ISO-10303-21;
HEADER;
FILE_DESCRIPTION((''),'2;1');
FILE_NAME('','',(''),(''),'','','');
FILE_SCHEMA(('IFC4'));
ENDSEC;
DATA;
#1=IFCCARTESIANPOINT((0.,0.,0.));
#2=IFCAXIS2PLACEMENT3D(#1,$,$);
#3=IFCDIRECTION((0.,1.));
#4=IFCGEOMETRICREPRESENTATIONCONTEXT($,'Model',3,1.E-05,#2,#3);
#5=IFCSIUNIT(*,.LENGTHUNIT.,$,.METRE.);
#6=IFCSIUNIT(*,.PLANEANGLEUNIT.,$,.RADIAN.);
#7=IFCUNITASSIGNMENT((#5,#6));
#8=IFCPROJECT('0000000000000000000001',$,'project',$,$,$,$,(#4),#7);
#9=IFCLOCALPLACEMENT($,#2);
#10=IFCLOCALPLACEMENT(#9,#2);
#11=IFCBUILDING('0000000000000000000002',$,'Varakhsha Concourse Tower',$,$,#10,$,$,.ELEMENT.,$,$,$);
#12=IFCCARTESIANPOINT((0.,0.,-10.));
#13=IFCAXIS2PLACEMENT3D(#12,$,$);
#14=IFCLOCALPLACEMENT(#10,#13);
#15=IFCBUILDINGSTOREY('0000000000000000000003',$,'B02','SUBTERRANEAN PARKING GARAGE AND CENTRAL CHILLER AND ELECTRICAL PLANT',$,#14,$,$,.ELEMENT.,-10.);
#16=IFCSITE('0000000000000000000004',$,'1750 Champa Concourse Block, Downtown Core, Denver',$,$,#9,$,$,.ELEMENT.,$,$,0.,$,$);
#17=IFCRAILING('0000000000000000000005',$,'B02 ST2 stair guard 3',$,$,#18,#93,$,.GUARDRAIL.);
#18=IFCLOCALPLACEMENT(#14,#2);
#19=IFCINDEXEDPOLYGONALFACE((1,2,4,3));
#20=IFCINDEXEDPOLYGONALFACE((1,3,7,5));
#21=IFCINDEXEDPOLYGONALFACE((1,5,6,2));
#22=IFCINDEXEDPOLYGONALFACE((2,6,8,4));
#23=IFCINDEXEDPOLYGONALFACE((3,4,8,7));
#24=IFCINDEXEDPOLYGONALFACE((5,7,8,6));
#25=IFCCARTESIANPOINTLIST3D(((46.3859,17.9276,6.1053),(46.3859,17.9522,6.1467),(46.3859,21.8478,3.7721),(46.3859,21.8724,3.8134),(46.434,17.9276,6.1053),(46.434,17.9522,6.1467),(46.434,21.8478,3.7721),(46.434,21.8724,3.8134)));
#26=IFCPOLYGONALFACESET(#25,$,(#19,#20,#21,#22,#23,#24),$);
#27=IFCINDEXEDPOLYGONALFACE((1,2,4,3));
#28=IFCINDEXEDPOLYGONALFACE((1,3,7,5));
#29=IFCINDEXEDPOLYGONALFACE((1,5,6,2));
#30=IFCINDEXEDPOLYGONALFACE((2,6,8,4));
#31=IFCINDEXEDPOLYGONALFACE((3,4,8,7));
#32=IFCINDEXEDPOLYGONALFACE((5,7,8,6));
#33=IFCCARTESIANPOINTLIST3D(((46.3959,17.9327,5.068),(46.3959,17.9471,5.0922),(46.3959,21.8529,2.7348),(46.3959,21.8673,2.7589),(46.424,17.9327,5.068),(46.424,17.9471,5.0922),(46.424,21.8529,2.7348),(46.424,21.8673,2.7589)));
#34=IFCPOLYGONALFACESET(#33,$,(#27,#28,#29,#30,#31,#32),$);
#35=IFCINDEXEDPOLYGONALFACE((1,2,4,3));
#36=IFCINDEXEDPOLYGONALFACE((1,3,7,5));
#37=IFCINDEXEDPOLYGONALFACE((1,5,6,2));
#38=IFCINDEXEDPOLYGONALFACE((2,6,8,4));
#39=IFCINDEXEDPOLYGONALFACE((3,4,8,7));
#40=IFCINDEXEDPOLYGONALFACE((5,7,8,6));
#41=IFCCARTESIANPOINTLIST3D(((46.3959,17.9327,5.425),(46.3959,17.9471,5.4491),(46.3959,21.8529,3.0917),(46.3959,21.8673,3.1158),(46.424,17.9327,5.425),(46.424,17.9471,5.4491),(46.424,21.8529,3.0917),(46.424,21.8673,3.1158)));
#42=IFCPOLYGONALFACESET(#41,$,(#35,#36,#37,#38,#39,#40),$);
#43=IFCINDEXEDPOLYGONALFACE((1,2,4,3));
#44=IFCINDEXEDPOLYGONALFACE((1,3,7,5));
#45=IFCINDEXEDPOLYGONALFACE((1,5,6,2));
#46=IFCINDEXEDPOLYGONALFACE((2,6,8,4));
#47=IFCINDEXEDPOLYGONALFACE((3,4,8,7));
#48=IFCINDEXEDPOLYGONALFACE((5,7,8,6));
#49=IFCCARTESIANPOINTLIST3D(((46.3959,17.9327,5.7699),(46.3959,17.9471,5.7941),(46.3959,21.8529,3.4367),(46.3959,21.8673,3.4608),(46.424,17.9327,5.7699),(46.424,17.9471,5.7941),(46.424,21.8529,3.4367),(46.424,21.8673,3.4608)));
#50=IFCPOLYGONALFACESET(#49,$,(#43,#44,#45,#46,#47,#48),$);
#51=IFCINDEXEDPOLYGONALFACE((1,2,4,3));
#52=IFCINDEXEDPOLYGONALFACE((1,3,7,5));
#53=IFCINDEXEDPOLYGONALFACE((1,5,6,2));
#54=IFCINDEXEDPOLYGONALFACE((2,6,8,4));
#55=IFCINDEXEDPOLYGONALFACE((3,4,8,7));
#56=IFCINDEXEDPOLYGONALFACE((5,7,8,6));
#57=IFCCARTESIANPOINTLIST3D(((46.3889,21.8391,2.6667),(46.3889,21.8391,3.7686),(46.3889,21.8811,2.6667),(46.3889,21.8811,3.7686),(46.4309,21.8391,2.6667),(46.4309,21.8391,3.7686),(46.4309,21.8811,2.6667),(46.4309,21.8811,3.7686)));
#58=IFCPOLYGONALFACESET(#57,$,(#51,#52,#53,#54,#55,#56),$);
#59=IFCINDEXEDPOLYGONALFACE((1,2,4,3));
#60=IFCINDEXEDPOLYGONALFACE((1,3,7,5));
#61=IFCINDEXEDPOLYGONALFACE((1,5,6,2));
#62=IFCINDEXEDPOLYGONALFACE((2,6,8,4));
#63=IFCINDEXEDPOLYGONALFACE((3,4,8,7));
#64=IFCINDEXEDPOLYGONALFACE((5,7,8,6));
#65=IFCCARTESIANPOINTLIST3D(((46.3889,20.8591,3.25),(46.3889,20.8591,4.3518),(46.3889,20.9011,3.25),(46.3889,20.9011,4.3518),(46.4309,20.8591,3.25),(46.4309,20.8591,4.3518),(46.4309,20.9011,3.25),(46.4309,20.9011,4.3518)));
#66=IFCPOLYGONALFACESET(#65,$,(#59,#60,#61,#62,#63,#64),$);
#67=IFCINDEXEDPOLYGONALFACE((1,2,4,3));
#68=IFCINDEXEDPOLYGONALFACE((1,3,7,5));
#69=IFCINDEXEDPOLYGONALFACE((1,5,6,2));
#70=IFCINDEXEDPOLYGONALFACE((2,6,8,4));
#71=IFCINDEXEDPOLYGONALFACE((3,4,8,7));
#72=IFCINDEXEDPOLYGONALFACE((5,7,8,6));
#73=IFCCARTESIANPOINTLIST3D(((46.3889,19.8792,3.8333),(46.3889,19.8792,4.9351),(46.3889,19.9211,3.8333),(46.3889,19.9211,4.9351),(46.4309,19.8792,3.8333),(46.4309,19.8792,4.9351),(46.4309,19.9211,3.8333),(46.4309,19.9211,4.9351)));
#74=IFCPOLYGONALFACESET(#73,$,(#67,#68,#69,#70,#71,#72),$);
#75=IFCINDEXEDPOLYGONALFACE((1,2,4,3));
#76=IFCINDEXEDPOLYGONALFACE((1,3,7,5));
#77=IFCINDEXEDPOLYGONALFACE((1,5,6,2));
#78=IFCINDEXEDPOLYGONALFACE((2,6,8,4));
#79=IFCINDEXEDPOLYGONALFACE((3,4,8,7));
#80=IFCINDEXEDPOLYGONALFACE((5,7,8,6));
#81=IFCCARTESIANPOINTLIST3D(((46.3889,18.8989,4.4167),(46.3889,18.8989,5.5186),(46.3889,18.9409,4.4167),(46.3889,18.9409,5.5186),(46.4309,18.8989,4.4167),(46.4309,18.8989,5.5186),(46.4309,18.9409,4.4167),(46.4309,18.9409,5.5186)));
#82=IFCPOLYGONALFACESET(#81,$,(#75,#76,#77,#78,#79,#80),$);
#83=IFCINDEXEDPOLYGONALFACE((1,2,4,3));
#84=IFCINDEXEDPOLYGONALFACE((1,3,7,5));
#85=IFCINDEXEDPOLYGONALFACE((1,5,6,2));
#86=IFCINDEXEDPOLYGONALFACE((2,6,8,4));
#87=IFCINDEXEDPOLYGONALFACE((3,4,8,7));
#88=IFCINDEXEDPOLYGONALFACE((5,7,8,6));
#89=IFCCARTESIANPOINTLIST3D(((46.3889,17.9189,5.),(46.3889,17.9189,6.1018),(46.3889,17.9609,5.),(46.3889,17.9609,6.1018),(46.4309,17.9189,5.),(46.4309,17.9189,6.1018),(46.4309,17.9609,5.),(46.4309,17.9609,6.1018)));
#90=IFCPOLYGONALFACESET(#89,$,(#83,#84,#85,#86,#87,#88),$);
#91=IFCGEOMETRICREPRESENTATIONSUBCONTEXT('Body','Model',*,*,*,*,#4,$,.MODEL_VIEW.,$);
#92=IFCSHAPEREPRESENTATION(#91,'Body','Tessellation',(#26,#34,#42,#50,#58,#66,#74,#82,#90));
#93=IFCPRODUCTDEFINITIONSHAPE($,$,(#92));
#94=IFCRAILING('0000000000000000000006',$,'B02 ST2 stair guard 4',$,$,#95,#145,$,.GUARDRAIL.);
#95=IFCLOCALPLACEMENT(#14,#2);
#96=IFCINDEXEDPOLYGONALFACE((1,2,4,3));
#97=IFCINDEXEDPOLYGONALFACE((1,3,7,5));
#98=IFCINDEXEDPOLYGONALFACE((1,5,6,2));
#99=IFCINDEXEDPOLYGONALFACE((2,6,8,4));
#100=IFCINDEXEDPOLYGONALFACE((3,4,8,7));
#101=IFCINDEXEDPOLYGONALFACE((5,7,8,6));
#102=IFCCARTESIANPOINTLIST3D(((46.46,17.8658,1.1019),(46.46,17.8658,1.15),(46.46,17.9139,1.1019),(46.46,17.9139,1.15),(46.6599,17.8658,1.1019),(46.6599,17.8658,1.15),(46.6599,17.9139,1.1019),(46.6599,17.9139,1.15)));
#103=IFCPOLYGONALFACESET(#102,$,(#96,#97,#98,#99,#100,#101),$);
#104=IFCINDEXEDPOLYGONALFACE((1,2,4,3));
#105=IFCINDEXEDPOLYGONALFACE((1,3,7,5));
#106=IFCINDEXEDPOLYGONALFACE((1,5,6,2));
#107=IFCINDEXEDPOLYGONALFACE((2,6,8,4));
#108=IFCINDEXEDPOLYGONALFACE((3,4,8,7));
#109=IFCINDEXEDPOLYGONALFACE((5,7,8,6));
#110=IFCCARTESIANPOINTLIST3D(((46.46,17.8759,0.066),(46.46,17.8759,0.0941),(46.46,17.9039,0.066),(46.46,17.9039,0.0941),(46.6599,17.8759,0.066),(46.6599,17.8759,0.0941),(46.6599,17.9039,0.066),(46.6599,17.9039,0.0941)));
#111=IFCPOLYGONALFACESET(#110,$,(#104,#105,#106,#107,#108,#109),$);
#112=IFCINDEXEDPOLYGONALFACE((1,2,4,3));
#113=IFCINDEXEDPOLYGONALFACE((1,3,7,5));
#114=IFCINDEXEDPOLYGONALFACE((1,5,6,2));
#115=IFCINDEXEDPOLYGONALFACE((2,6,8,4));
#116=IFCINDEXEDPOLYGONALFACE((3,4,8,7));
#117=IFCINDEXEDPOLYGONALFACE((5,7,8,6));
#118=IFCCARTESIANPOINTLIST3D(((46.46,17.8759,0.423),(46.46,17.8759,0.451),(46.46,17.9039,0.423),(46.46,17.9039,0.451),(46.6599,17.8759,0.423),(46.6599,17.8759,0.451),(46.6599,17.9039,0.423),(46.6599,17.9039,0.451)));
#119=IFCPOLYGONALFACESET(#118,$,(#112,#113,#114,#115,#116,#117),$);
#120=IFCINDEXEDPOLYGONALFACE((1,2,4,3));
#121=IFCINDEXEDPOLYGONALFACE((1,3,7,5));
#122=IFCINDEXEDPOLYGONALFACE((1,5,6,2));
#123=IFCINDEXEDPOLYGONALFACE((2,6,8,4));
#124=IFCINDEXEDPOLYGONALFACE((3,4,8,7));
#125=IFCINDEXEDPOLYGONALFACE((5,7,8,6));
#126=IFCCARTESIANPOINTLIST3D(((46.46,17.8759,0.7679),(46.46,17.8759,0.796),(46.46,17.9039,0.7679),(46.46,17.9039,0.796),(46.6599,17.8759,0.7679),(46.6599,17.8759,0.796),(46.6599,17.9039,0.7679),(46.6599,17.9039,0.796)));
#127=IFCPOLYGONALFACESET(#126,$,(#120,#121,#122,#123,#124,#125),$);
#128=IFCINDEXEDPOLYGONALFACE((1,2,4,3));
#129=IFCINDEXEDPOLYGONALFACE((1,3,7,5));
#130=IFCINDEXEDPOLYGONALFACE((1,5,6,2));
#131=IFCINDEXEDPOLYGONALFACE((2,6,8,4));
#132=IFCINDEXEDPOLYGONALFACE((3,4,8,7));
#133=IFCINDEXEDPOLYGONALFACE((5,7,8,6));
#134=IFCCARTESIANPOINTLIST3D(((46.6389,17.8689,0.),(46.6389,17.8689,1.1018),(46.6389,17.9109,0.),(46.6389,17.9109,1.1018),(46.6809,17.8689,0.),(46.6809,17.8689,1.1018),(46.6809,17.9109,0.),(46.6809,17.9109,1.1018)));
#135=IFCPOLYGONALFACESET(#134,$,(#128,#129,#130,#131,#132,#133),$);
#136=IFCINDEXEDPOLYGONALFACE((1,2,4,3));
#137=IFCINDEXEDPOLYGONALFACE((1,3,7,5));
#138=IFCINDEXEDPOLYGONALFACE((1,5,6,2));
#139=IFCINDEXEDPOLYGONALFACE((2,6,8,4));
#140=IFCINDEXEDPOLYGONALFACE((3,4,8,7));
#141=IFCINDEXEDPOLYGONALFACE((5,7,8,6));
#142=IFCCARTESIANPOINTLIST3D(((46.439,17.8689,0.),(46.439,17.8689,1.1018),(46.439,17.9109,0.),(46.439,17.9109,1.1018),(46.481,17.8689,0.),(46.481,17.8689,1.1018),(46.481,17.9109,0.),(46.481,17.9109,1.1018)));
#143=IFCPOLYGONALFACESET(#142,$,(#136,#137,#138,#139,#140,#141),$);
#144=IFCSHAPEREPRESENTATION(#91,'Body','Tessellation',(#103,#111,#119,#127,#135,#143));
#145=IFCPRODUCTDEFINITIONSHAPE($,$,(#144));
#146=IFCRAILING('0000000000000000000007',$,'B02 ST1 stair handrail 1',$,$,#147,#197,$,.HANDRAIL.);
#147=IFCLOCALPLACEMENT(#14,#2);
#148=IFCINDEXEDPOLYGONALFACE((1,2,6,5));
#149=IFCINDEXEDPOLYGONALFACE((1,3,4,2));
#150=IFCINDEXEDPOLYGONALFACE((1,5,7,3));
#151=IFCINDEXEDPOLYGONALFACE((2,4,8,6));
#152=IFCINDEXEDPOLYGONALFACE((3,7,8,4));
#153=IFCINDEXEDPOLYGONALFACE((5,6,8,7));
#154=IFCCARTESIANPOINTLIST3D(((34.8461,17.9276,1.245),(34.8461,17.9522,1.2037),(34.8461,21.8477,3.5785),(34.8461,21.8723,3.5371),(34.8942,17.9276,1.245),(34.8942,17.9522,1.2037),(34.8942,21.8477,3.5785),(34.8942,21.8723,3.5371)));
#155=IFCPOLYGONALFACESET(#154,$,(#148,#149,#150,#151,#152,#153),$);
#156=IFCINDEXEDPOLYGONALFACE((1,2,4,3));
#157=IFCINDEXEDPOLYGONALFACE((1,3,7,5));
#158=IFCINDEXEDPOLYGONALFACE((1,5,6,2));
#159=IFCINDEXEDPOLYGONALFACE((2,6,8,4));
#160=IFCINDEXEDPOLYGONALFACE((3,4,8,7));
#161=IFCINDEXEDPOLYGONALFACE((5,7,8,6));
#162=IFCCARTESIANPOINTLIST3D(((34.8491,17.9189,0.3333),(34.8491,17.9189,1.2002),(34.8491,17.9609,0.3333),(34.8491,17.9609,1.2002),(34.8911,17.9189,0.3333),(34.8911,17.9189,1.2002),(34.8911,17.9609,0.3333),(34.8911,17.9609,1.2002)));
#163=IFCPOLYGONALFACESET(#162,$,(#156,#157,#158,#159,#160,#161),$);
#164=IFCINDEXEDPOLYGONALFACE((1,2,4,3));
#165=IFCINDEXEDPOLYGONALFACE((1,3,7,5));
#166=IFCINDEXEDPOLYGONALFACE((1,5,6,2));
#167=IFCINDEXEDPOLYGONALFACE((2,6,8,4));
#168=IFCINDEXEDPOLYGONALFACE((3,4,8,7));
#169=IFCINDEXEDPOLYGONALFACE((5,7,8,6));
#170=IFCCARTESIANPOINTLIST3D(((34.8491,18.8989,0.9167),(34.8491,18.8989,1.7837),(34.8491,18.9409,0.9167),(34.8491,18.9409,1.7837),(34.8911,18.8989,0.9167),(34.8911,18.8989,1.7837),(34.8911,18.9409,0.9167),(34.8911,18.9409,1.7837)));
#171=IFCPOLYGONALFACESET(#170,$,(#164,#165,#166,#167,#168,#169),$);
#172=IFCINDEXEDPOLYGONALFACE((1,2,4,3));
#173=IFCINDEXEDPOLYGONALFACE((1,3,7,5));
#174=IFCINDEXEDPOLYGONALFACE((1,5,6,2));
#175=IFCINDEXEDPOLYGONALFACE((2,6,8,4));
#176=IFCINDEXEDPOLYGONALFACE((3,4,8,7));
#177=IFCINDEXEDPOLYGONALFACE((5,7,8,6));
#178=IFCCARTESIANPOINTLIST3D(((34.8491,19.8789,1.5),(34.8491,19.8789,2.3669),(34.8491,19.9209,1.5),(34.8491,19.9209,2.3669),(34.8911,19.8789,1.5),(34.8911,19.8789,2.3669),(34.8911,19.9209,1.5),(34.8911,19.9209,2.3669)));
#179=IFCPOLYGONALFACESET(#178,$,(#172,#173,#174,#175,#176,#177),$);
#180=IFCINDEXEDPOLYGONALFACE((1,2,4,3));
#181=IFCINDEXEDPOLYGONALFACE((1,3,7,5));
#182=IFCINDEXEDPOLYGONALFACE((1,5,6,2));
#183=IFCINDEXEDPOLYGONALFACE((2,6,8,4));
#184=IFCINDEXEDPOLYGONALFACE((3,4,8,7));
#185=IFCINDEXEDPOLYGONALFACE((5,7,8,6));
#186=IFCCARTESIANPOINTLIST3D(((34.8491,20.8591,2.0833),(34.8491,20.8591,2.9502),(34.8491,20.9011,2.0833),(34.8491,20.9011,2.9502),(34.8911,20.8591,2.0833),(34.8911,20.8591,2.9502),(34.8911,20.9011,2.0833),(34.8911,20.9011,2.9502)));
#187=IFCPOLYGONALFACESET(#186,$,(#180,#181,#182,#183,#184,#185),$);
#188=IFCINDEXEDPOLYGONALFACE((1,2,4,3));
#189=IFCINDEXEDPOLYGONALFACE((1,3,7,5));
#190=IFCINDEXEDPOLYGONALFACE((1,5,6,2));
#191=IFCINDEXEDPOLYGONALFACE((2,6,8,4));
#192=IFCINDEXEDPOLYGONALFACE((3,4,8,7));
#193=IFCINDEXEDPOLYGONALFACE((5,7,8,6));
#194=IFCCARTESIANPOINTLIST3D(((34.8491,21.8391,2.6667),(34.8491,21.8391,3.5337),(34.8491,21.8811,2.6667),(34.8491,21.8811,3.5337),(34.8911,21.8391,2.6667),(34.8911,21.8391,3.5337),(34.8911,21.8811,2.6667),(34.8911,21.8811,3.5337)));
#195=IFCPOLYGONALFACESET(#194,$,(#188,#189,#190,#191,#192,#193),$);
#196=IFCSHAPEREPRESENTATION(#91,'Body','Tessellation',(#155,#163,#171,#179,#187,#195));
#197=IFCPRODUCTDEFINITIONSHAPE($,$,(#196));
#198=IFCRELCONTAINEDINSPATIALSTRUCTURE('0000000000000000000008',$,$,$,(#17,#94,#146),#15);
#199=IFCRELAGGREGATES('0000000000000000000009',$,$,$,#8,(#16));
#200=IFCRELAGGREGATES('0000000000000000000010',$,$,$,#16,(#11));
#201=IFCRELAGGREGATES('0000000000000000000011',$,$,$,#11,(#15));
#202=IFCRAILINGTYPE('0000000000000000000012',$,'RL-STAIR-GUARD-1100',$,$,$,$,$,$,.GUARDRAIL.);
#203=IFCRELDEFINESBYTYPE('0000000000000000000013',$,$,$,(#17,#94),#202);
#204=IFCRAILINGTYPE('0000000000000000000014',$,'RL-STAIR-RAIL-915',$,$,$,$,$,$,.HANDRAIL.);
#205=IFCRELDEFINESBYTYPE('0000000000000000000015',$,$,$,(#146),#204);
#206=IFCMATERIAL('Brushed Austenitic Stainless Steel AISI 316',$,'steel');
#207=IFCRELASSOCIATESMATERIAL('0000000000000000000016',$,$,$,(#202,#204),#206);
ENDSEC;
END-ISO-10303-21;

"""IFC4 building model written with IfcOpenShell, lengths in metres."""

from ifc_helpers import new_model, si_unit, direction, frame, origin, origin_2d, place, context, subcontext, project, spatial, rectangle, extrude, material, type_object, element, save


model = new_model("IFC4")

# Units and contexts
model_context = context("Model", 3, precision=1e-05, world=origin(), true_north=direction((0.0, 1.0)))
body_context = subcontext(model_context, "Body", "Model", "MODEL_VIEW")
ifc_project = project(units=[si_unit("LENGTHUNIT", "METRE"), si_unit("PLANEANGLEUNIT", "RADIAN")], contexts=[model_context])

# Site, building, storey
site_placement = place(None, origin())
site = spatial("IfcSite", under=ifc_project, at=site_placement, Name="1750 Champa Concourse Block, Downtown Core, Denver", CompositionType="ELEMENT", RefElevation=0.0)
building_placement = place(site_placement, origin())
building = spatial("IfcBuilding", under=site, at=building_placement, Name="Varakhsha Concourse Tower", CompositionType="ELEMENT")
storey_placement = place(building_placement, frame((0.0, 0.0, -10.0)))
storey = spatial("IfcBuildingStorey", under=building, at=storey_placement, Name="B02", Description="SUBTERRANEAN PARKING GARAGE AND CENTRAL CHILLER AND ELECTRICAL PLANT", CompositionType="ELEMENT", Elevation=-10.0)

# Railings
ifc_material_1 = material(Name="Brushed Austenitic Stainless Steel AISI 316", Category="steel")
railing_type_1 = type_object("IfcRailingType", Name="RL-STAIR-GUARD-1100", PredefinedType="GUARDRAIL", material=ifc_material_1)
railing_1_placement = place(storey_placement, frame((46.4099, 21.8601, 2.6667)))
element("IfcRailing", 1, at=railing_1_placement, inside=storey, type_object=railing_type_1, Name="B02 ST2 stair guard 3", PredefinedType="GUARDRAIL", context=body_context, shape_type="SweptSolid", body=[
    extrude(rectangle(XDim=0.0481, YDim=0.0481, at=origin_2d()), frame((0.0, 0.0, 1.126), z_axis=(0.0, -0.85931, 0.511455), x_axis=(1.0, 0.0, 0.0)), (0.0, 0.0, 1.0), 4.562),
    extrude(rectangle(XDim=0.0281, YDim=0.0281, at=origin_2d()), frame((0.0, 0.0, 0.0801), z_axis=(0.0, -0.85931, 0.511455), x_axis=(1.0, 0.0, 0.0)), (0.0, 0.0, 1.0), 4.562),
    extrude(rectangle(XDim=0.0281, YDim=0.0281, at=origin_2d()), frame((0.0, 0.0, 0.437), z_axis=(0.0, -0.85931, 0.511455), x_axis=(1.0, 0.0, 0.0)), (0.0, 0.0, 1.0), 4.562),
    extrude(rectangle(XDim=0.0281, YDim=0.0281, at=origin_2d()), frame((0.0, 0.0, 0.782), z_axis=(0.0, -0.85931, 0.511455), x_axis=(1.0, 0.0, 0.0)), (0.0, 0.0, 1.0), 4.562),
    extrude(rectangle(XDim=0.042, YDim=0.042, at=origin_2d()), origin(), (0.0, 0.0, 1.0), 1.1018),
    extrude(rectangle(XDim=0.042, YDim=0.042, at=origin_2d()), frame((0.0, -0.98, 0.5833)), (0.0, 0.0, 1.0), 1.1018),
    extrude(rectangle(XDim=0.042, YDim=0.042, at=origin_2d()), frame((0.0, -1.96, 1.1665)), (0.0, 0.0, 1.0), 1.1018),
    extrude(rectangle(XDim=0.042, YDim=0.042, at=origin_2d()), frame((0.0, -2.9402, 1.75)), (0.0, 0.0, 1.0), 1.1018),
    extrude(rectangle(XDim=0.042, YDim=0.042, at=origin_2d()), frame((0.0, -3.9202, 2.3333)), (0.0, 0.0, 1.0), 1.1018),
])
railing_2_placement = place(storey_placement, frame((46.6599, 17.8899, 0.0)))
element("IfcRailing", 2, at=railing_2_placement, inside=storey, type_object=railing_type_1, Name="B02 ST2 stair guard 4", PredefinedType="GUARDRAIL", context=body_context, shape_type="SweptSolid", body=[
    extrude(rectangle(XDim=0.0481, YDim=0.0481, at=origin_2d()), frame((0.0, 0.0, 1.126), z_axis=(-1.0, 0.0, 0.0), x_axis=(0.0, -1.0, 0.0)), (0.0, 0.0, 1.0), 0.2),
    extrude(rectangle(XDim=0.0281, YDim=0.0281, at=origin_2d()), frame((0.0, 0.0, 0.0801), z_axis=(-1.0, 0.0, 0.0), x_axis=(0.0, -1.0, 0.0)), (0.0, 0.0, 1.0), 0.2),
    extrude(rectangle(XDim=0.0281, YDim=0.0281, at=origin_2d()), frame((0.0, 0.0, 0.437), z_axis=(-1.0, 0.0, 0.0), x_axis=(0.0, -1.0, 0.0)), (0.0, 0.0, 1.0), 0.2),
    extrude(rectangle(XDim=0.0281, YDim=0.0281, at=origin_2d()), frame((0.0, 0.0, 0.782), z_axis=(-1.0, 0.0, 0.0), x_axis=(0.0, -1.0, 0.0)), (0.0, 0.0, 1.0), 0.2),
    extrude(rectangle(XDim=0.042, YDim=0.042, at=origin_2d()), origin(), (0.0, 0.0, 1.0), 1.1018),
    extrude(rectangle(XDim=0.042, YDim=0.042, at=origin_2d()), frame((-0.2, 0.0, 0.0)), (0.0, 0.0, 1.0), 1.1018),
])
railing_type_2 = type_object("IfcRailingType", Name="RL-STAIR-RAIL-915", PredefinedType="HANDRAIL", material=ifc_material_1)
railing_3_placement = place(storey_placement, frame((34.8701, 17.9399, 0.3333)))
element("IfcRailing", 3, at=railing_3_placement, inside=storey, type_object=railing_type_2, Name="B02 ST1 stair handrail 1", PredefinedType="HANDRAIL", context=body_context, shape_type="SweptSolid", body=[
    extrude(rectangle(XDim=0.0481, YDim=0.0481, at=origin_2d()), frame((0.0, 0.0, 0.8911), z_axis=(0.0, 0.859287, 0.511494), x_axis=(-1.0, 0.0, 0.0)), (0.0, 0.0, 1.0), 4.562),
    extrude(rectangle(XDim=0.042, YDim=0.042, at=origin_2d()), origin(), (0.0, 0.0, 1.0), 0.8669),
    extrude(rectangle(XDim=0.042, YDim=0.042, at=origin_2d()), frame((0.0, 0.98, 0.5835)), (0.0, 0.0, 1.0), 0.8669),
    extrude(rectangle(XDim=0.042, YDim=0.042, at=origin_2d()), frame((0.0, 1.96, 1.1667)), (0.0, 0.0, 1.0), 0.8669),
    extrude(rectangle(XDim=0.042, YDim=0.042, at=origin_2d()), frame((0.0, 2.9402, 1.75)), (0.0, 0.0, 1.0), 0.8669),
    extrude(rectangle(XDim=0.042, YDim=0.042, at=origin_2d()), frame((0.0, 3.9202, 2.3335)), (0.0, 0.0, 1.0), 0.8669),
])

save(model, "model.ifc")
